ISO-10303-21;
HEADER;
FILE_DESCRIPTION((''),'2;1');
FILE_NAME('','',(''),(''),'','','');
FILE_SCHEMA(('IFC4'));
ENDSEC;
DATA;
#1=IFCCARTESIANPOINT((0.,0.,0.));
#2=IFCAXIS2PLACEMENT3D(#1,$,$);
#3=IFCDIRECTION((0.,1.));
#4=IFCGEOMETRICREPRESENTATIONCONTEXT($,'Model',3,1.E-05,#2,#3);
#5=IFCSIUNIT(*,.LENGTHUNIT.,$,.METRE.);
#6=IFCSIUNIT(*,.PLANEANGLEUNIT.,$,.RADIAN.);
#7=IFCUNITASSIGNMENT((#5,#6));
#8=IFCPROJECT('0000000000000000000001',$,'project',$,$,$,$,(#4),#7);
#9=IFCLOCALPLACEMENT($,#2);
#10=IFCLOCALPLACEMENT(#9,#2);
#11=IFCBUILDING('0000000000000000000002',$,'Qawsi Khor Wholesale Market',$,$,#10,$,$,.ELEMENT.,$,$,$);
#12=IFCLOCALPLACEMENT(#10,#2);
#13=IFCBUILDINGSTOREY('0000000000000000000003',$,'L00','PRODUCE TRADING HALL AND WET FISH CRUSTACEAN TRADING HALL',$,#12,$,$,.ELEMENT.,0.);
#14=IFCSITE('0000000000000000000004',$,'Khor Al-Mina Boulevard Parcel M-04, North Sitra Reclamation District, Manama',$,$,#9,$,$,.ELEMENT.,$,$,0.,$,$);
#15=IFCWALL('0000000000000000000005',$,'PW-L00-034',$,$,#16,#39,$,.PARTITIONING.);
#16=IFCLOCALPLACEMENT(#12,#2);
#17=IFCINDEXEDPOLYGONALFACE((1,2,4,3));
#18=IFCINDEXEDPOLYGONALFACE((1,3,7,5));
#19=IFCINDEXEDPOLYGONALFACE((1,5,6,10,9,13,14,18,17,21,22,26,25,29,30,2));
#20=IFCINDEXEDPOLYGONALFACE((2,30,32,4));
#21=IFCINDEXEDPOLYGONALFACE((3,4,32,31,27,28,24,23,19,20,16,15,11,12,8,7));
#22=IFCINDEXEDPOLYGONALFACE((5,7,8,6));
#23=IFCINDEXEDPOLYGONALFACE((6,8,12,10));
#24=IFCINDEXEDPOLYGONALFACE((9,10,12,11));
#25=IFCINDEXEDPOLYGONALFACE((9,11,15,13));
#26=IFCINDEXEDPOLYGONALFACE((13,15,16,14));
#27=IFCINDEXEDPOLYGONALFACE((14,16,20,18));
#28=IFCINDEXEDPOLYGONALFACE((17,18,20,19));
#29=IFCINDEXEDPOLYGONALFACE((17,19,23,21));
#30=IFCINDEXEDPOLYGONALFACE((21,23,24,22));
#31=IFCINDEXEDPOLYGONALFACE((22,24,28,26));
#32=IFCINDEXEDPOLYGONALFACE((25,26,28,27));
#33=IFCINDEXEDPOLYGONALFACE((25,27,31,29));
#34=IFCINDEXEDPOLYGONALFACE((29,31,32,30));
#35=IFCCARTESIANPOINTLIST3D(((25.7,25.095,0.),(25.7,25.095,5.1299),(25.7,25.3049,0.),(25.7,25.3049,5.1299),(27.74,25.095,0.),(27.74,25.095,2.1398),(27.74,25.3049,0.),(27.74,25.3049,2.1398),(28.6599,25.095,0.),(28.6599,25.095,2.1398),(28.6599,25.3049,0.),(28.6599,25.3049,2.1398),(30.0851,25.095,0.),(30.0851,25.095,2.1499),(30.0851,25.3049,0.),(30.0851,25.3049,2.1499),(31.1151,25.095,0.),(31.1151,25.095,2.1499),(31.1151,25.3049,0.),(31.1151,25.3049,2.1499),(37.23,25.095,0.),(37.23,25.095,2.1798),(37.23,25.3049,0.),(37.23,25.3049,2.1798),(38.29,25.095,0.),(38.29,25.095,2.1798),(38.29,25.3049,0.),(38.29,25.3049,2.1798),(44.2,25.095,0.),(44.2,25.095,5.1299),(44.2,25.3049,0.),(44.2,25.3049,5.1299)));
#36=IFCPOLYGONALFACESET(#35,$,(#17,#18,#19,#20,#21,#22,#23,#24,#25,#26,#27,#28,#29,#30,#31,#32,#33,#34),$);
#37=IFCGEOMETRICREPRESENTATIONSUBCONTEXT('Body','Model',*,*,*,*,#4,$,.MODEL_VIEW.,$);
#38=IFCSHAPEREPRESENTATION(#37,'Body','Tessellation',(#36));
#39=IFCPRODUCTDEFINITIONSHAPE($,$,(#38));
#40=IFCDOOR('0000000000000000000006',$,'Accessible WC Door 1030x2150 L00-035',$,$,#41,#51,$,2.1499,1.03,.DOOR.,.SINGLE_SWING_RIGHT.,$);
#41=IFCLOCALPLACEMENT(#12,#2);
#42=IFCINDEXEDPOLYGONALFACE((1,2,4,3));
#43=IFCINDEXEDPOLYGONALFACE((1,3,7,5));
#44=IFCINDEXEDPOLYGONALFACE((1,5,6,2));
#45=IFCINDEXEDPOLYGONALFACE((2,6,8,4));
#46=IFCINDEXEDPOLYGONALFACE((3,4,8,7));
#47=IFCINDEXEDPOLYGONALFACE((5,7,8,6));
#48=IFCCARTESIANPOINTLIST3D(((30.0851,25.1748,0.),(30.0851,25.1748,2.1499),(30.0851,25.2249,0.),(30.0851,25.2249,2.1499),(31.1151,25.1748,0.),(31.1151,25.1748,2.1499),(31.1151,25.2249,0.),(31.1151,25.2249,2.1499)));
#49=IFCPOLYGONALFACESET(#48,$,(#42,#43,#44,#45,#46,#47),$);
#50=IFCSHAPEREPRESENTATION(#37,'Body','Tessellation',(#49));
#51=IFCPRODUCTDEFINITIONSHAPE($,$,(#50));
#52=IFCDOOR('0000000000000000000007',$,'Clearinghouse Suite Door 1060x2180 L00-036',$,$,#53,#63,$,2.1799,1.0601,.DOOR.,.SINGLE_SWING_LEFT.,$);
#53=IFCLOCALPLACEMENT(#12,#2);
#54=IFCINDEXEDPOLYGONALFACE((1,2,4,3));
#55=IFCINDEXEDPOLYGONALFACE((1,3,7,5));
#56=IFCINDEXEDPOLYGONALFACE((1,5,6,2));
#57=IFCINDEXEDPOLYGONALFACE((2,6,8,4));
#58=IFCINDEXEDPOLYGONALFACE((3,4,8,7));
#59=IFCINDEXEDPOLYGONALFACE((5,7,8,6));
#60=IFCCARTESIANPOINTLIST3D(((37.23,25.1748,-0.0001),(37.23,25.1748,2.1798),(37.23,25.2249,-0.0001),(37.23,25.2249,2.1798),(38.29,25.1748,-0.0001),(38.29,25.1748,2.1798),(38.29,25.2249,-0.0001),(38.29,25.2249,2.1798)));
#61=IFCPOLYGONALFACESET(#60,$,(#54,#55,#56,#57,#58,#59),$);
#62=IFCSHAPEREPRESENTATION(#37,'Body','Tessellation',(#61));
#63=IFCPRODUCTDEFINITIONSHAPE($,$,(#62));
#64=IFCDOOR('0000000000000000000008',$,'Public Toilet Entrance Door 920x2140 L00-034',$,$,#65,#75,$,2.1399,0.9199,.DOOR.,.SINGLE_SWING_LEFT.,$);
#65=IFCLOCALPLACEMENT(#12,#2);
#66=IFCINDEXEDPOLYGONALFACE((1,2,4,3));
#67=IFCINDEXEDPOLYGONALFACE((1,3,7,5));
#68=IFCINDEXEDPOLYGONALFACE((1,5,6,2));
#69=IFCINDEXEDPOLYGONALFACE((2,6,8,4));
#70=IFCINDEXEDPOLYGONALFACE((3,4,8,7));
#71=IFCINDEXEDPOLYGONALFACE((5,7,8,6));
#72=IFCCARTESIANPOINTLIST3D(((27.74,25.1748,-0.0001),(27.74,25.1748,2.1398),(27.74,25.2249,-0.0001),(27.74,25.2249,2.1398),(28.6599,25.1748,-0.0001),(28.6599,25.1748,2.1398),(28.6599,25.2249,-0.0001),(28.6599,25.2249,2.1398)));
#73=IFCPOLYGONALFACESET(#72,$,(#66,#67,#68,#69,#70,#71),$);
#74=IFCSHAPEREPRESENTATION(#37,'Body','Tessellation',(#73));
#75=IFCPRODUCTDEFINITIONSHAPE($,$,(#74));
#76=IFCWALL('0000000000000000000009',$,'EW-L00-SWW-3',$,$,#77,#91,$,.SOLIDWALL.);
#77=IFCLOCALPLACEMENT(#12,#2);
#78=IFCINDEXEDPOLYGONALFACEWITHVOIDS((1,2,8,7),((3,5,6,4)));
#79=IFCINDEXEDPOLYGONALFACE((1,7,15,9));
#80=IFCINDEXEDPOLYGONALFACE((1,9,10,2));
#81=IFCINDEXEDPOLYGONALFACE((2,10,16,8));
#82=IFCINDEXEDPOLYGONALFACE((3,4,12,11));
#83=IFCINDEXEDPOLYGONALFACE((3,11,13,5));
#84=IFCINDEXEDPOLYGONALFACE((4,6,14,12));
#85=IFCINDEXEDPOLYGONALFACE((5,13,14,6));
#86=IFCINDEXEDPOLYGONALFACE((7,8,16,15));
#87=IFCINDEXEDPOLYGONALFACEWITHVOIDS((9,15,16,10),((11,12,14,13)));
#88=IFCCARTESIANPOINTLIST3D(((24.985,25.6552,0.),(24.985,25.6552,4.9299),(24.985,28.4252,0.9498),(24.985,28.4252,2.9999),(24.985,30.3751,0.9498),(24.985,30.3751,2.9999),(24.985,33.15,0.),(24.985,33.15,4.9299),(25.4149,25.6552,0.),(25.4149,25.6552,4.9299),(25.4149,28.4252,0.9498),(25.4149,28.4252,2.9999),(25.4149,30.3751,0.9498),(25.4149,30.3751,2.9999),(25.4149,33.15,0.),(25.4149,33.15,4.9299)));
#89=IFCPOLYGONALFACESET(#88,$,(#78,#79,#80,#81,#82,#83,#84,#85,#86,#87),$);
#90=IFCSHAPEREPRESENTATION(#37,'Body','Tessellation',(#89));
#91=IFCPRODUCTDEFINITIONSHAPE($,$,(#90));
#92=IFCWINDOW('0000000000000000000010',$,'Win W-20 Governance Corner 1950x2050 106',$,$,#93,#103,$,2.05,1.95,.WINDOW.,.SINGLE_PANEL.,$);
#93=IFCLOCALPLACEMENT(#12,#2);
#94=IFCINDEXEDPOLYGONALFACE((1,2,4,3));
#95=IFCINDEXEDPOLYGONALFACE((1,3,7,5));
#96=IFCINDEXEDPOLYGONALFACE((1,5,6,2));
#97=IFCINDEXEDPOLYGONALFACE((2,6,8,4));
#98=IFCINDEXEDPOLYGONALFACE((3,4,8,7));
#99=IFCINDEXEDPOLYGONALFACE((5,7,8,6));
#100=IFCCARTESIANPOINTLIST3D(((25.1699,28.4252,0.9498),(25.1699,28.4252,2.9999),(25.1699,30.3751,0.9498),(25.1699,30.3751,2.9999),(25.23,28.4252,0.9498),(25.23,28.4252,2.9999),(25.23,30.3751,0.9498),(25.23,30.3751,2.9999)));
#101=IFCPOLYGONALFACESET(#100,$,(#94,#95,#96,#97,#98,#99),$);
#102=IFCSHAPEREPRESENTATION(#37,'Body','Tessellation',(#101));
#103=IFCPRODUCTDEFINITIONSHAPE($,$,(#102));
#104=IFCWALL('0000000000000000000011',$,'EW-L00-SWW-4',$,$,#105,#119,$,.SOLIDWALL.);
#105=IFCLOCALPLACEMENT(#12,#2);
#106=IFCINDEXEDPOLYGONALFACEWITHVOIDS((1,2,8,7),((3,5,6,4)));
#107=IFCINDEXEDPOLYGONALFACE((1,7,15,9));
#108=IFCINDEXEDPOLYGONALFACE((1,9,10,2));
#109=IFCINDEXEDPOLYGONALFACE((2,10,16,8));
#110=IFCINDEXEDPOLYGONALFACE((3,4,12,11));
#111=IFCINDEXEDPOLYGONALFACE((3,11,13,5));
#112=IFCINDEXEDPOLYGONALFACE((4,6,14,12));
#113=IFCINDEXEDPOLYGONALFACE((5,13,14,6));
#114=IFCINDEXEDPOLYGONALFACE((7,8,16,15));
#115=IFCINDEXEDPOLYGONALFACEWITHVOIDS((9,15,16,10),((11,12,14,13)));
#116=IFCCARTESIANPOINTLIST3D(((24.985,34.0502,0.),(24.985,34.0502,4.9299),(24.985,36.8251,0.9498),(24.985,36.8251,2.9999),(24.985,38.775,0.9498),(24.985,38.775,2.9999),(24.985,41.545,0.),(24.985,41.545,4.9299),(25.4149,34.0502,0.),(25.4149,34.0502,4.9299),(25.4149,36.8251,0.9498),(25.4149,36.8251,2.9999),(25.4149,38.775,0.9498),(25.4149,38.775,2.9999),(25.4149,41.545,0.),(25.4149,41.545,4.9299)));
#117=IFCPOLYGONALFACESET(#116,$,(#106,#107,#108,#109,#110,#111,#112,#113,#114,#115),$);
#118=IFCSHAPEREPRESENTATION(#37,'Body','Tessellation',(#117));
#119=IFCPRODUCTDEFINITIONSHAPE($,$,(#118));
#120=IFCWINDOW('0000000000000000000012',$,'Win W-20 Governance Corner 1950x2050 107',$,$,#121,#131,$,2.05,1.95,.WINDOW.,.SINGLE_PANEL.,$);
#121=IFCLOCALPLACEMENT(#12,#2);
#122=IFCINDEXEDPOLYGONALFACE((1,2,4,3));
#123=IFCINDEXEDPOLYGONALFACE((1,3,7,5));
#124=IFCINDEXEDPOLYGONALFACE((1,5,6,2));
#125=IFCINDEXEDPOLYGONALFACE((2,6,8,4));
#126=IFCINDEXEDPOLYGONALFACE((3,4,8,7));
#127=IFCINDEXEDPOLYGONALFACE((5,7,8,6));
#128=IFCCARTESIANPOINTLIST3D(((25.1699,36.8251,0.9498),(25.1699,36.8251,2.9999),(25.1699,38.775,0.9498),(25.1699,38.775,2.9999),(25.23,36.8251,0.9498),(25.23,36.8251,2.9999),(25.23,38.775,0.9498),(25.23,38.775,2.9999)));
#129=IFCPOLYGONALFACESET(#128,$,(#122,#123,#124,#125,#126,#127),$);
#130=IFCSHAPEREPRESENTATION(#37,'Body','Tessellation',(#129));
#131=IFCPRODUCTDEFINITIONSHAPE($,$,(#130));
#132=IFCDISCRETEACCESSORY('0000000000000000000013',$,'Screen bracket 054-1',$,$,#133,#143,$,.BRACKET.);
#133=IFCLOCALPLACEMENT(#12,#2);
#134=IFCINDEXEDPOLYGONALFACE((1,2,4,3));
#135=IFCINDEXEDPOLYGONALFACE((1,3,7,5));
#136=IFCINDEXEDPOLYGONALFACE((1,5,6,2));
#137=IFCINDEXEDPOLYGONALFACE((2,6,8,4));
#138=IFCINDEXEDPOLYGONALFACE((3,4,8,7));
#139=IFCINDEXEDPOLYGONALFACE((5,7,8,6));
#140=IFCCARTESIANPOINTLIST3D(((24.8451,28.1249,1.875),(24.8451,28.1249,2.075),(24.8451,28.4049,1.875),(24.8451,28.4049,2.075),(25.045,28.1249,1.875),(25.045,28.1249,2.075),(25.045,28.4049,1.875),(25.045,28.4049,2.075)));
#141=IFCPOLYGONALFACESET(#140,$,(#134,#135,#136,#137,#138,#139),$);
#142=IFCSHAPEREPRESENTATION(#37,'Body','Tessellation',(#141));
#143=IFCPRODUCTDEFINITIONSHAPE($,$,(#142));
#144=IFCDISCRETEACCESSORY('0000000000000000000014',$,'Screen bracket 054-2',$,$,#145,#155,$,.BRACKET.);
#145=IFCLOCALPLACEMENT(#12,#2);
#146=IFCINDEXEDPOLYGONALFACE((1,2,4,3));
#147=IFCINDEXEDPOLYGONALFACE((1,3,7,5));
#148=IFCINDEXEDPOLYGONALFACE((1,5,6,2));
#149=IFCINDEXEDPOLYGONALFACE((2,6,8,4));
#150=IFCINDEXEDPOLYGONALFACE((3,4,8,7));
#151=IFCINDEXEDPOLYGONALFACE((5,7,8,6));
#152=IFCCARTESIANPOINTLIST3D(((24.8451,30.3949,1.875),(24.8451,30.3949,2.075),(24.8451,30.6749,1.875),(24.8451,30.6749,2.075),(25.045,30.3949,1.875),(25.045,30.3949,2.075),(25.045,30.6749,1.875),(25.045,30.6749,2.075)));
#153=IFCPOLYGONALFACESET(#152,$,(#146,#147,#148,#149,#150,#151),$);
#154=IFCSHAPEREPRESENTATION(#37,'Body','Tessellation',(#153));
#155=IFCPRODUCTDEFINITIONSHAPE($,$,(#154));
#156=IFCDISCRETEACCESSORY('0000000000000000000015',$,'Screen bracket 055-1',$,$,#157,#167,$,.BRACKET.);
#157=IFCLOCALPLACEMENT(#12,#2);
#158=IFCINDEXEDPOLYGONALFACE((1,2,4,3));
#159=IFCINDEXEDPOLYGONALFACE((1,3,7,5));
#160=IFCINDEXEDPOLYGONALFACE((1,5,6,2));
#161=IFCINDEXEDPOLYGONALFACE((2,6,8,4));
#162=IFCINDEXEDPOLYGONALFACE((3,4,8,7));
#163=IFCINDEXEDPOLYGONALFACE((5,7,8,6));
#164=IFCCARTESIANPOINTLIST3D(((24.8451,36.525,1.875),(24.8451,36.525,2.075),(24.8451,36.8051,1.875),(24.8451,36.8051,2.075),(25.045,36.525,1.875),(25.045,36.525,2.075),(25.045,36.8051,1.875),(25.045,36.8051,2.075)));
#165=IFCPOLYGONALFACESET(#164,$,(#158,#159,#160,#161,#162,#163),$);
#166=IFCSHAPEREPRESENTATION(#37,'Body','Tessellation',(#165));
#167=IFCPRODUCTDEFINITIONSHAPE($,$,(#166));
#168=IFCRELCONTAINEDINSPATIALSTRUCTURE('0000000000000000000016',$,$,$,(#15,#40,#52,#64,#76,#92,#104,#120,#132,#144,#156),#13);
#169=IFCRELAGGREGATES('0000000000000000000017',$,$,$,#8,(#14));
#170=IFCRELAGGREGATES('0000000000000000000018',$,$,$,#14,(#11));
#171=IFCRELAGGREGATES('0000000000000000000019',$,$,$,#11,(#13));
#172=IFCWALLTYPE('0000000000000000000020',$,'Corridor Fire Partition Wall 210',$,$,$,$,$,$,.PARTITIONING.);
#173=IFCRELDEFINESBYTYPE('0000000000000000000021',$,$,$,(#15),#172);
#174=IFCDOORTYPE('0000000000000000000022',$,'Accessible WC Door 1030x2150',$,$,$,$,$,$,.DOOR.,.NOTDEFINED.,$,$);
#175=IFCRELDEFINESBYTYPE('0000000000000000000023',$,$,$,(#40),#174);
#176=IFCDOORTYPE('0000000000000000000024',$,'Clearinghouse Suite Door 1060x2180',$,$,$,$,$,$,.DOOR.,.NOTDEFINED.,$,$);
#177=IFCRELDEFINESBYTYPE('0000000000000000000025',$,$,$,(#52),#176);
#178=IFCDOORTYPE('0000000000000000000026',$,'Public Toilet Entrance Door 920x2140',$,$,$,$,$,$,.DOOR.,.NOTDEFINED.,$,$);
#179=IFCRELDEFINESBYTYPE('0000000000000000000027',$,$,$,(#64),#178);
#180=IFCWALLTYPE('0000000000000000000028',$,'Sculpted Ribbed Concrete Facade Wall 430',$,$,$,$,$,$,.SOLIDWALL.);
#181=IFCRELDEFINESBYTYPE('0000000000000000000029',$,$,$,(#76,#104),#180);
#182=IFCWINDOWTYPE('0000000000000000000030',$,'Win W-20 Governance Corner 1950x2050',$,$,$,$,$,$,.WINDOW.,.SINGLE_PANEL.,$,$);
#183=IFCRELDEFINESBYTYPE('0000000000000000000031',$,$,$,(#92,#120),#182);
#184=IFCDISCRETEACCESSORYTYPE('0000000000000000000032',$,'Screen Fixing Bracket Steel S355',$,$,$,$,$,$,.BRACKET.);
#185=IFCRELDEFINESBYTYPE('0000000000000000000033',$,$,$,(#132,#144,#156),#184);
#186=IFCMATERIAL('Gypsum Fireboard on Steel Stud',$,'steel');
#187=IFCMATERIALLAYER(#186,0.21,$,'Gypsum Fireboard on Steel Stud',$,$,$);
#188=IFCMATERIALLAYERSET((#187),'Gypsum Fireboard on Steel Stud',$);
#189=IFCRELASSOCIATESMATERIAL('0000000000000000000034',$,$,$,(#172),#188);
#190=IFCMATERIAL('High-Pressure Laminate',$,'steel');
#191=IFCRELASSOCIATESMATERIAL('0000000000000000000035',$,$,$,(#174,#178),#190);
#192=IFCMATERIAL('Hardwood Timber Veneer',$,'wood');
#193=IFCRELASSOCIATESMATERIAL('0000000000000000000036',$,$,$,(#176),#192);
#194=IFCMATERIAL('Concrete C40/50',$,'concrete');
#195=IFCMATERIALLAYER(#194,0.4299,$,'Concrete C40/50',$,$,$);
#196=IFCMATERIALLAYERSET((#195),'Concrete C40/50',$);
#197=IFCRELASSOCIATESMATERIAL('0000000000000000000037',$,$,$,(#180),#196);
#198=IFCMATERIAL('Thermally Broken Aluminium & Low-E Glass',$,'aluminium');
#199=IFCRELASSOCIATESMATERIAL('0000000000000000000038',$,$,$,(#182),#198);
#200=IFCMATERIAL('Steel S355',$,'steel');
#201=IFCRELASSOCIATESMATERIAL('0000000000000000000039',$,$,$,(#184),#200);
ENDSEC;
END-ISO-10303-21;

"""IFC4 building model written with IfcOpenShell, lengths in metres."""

from ifc_helpers import new_model, si_unit, direction, frame, frame_2d, origin, origin_2d, place, context, subcontext, project, spatial, rectangle, extrude, material, layer, layer_set, type_object, element, fill, save


model = new_model("IFC4")

# Units and contexts
model_context = context("Model", 3, precision=1e-05, world=origin(), true_north=direction((0.0, 1.0)))
body_context = subcontext(model_context, "Body", "Model", "MODEL_VIEW")
ifc_project = project(units=[si_unit("LENGTHUNIT", "METRE"), si_unit("PLANEANGLEUNIT", "RADIAN")], contexts=[model_context])

# Site, building, storey
site_placement = place(None, origin())
site = spatial("IfcSite", under=ifc_project, at=site_placement, Name="Khor Al-Mina Boulevard Parcel M-04, North Sitra Reclamation District, Manama", CompositionType="ELEMENT", RefElevation=0.0)
building_placement = place(site_placement, origin())
building = spatial("IfcBuilding", under=site, at=building_placement, Name="Qawsi Khor Wholesale Market", CompositionType="ELEMENT")
storey_placement = place(building_placement, origin())
storey = spatial("IfcBuildingStorey", under=building, at=storey_placement, Name="L00", Description="PRODUCE TRADING HALL AND WET FISH CRUSTACEAN TRADING HALL", CompositionType="ELEMENT", Elevation=0.0)

# Shared definitions
ifc_material_1 = material(Name="Concrete C40/50", Category="concrete")

# Wall, openings, doors
ifc_material_2 = material(Name="Gypsum Fireboard on Steel Stud", Category="steel")
ifc_layer_1 = layer(ifc_material_2, 0.21, Name="Gypsum Fireboard on Steel Stud")
ifc_layer_set_1 = layer_set([ifc_layer_1], Name="Gypsum Fireboard on Steel Stud")
wall_type_1 = type_object("IfcWallType", Name="Corridor Fire Partition Wall 210", PredefinedType="PARTITIONING", material=ifc_layer_set_1)
wall_1_placement = place(storey_placement, frame((25.7, 25.2, 0.0), z_axis=(0.0, 0.0, 1.0), x_axis=(1.0, 0.0, 0.0)))
wall_1 = element("IfcWall", 1, at=wall_1_placement, inside=storey, type_object=wall_type_1, Name="PW-L00-034", PredefinedType="PARTITIONING", context=body_context, shape_type="SweptSolid", body=[
    extrude(rectangle(XDim=18.5, YDim=0.21, at=frame_2d((9.25, 0.0))), origin(), (0.0, 0.0, 1.0), 5.1299),
])
opening_1_placement = place(wall_1_placement, frame((2.04, 0.0, 0.0)))
opening_1 = element("IfcOpeningElement", 2, at=opening_1_placement, cuts=wall_1, PredefinedType="OPENING", context=body_context, shape_type="SweptSolid", body=[
    extrude(rectangle(XDim=0.9199, YDim=2.1399, at=frame_2d((0.46, 1.0698))), frame((0.0, 0.115, 0.0), z_axis=(0.0, -1.0, 0.0), x_axis=(1.0, 0.0, 0.0)), (0.0, 0.0, 1.0), 0.23),
])
opening_2_placement = place(wall_1_placement, frame((4.385, 0.0, 0.0)))
opening_2 = element("IfcOpeningElement", 3, at=opening_2_placement, cuts=wall_1, PredefinedType="OPENING", context=body_context, shape_type="SweptSolid", body=[
    extrude(rectangle(XDim=1.03, YDim=2.1499, at=frame_2d((0.5151, 1.075))), frame((0.0, 0.115, 0.0), z_axis=(0.0, -1.0, 0.0), x_axis=(1.0, 0.0, 0.0)), (0.0, 0.0, 1.0), 0.23),
])
opening_3_placement = place(wall_1_placement, frame((11.53, 0.0, 0.0)))
opening_3 = element("IfcOpeningElement", 4, at=opening_3_placement, cuts=wall_1, PredefinedType="OPENING", context=body_context, shape_type="SweptSolid", body=[
    extrude(rectangle(XDim=1.0601, YDim=2.1799, at=frame_2d((0.53, 1.0898))), frame((0.0, 0.115, 0.0), z_axis=(0.0, -1.0, 0.0), x_axis=(1.0, 0.0, 0.0)), (0.0, 0.0, 1.0), 0.23),
])
ifc_material_3 = material(Name="High-Pressure Laminate", Category="steel")
door_type_1 = type_object("IfcDoorType", Name="Accessible WC Door 1030x2150", OperationType="NOTDEFINED", PredefinedType="DOOR", material=ifc_material_3)
door_1_placement = place(opening_2_placement, origin())
door_1 = element("IfcDoor", 5, at=door_1_placement, inside=storey, type_object=door_type_1, Name="Accessible WC Door 1030x2150 L00-035", OperationType="SINGLE_SWING_RIGHT", OverallHeight=2.1499, OverallWidth=1.03, PredefinedType="DOOR", context=body_context, shape_type="SweptSolid", body=[
    extrude(rectangle(XDim=1.03, YDim=2.1499, at=frame_2d((0.5151, 1.075))), frame((0.0, 0.0249, 0.0), z_axis=(0.0, -1.0, 0.0), x_axis=(1.0, 0.0, 0.0)), (0.0, 0.0, 1.0), 0.05),
])
fill(opening_2, door_1)
ifc_material_4 = material(Name="Hardwood Timber Veneer", Category="wood")
door_type_2 = type_object("IfcDoorType", Name="Clearinghouse Suite Door 1060x2180", OperationType="NOTDEFINED", PredefinedType="DOOR", material=ifc_material_4)
door_2_placement = place(opening_3_placement, origin())
door_2 = element("IfcDoor", 6, at=door_2_placement, inside=storey, type_object=door_type_2, Name="Clearinghouse Suite Door 1060x2180 L00-036", OperationType="SINGLE_SWING_LEFT", OverallHeight=2.1799, OverallWidth=1.0601, PredefinedType="DOOR", context=body_context, shape_type="SweptSolid", body=[
    extrude(rectangle(XDim=1.0601, YDim=2.1799, at=frame_2d((0.53, 1.0898))), frame((0.0, 0.0249, 0.0), z_axis=(0.0, -1.0, 0.0), x_axis=(1.0, 0.0, 0.0)), (0.0, 0.0, 1.0), 0.05),
])
fill(opening_3, door_2)
door_type_3 = type_object("IfcDoorType", Name="Public Toilet Entrance Door 920x2140", OperationType="NOTDEFINED", PredefinedType="DOOR", material=ifc_material_3)
door_3_placement = place(opening_1_placement, origin())
door_3 = element("IfcDoor", 7, at=door_3_placement, inside=storey, type_object=door_type_3, Name="Public Toilet Entrance Door 920x2140 L00-034", OperationType="SINGLE_SWING_LEFT", OverallHeight=2.1399, OverallWidth=0.9199, PredefinedType="DOOR", context=body_context, shape_type="SweptSolid", body=[
    extrude(rectangle(XDim=0.9199, YDim=2.1399, at=frame_2d((0.46, 1.0698))), frame((0.0, 0.0249, 0.0), z_axis=(0.0, -1.0, 0.0), x_axis=(1.0, 0.0, 0.0)), (0.0, 0.0, 1.0), 0.05),
])
fill(opening_1, door_3)

# Walls, openings, windows
ifc_layer_2 = layer(ifc_material_1, 0.4299, Name="Concrete C40/50")
ifc_layer_set_2 = layer_set([ifc_layer_2], Name="Concrete C40/50")
wall_type_2 = type_object("IfcWallType", Name="Sculpted Ribbed Concrete Facade Wall 430", PredefinedType="SOLIDWALL", material=ifc_layer_set_2)
wall_2_placement = place(storey_placement, frame((25.2, 25.655, 0.0), z_axis=(0.0, 0.0, 1.0), x_axis=(0.0, 1.0, 0.0)))
wall_2 = element("IfcWall", 8, at=wall_2_placement, inside=storey, type_object=wall_type_2, Name="EW-L00-SWW-3", PredefinedType="SOLIDWALL", context=body_context, shape_type="SweptSolid", body=[
    extrude(rectangle(XDim=7.4949, YDim=0.4299, at=frame_2d((3.7476, 0.0))), origin(), (0.0, 0.0, 1.0), 4.9299),
])
opening_4_placement = place(wall_2_placement, frame((2.77, 0.0, 0.95)))
opening_4 = element("IfcOpeningElement", 9, at=opening_4_placement, cuts=wall_2, PredefinedType="OPENING", context=body_context, shape_type="SweptSolid", body=[
    extrude(rectangle(XDim=1.95, YDim=2.05, at=frame_2d((0.9751, 1.0249))), frame((0.0, 0.2249, 0.0), z_axis=(0.0, -1.0, 0.0), x_axis=(1.0, 0.0, 0.0)), (0.0, 0.0, 1.0), 0.45),
])
ifc_material_5 = material(Name="Thermally Broken Aluminium & Low-E Glass", Category="aluminium")
window_type = type_object("IfcWindowType", Name="Win W-20 Governance Corner 1950x2050", PartitioningType="SINGLE_PANEL", PredefinedType="WINDOW", material=ifc_material_5)
window_1_placement = place(opening_4_placement, origin())
window_1 = element("IfcWindow", 10, at=window_1_placement, inside=storey, type_object=window_type, Name="Win W-20 Governance Corner 1950x2050 106", OverallHeight=2.05, OverallWidth=1.95, PartitioningType="SINGLE_PANEL", PredefinedType="WINDOW", context=body_context, shape_type="SweptSolid", body=[
    extrude(rectangle(XDim=1.95, YDim=2.05, at=frame_2d((0.9751, 1.0249))), frame((0.0, 0.03, 0.0), z_axis=(0.0, -1.0, 0.0), x_axis=(1.0, 0.0, 0.0)), (0.0, 0.0, 1.0), 0.0601),
])
fill(opening_4, window_1)
wall_3_placement = place(storey_placement, frame((25.2, 34.05, 0.0), z_axis=(0.0, 0.0, 1.0), x_axis=(0.0, 1.0, 0.0)))
wall_3 = element("IfcWall", 11, at=wall_3_placement, inside=storey, type_object=wall_type_2, Name="EW-L00-SWW-4", PredefinedType="SOLIDWALL", context=body_context, shape_type="SweptSolid", body=[
    extrude(rectangle(XDim=7.4949, YDim=0.4299, at=frame_2d((3.7476, 0.0))), origin(), (0.0, 0.0, 1.0), 4.9299),
])
opening_5_placement = place(wall_3_placement, frame((2.7749, 0.0, 0.95)))
opening_5 = element("IfcOpeningElement", 12, at=opening_5_placement, cuts=wall_3, PredefinedType="OPENING", context=body_context, shape_type="SweptSolid", body=[
    extrude(rectangle(XDim=1.95, YDim=2.05, at=frame_2d((0.9751, 1.0249))), frame((0.0, 0.2249, 0.0), z_axis=(0.0, -1.0, 0.0), x_axis=(1.0, 0.0, 0.0)), (0.0, 0.0, 1.0), 0.45),
])
window_2_placement = place(opening_5_placement, origin())
window_2 = element("IfcWindow", 13, at=window_2_placement, inside=storey, type_object=window_type, Name="Win W-20 Governance Corner 1950x2050 107", OverallHeight=2.05, OverallWidth=1.95, PartitioningType="SINGLE_PANEL", PredefinedType="WINDOW", context=body_context, shape_type="SweptSolid", body=[
    extrude(rectangle(XDim=1.95, YDim=2.05, at=frame_2d((0.9751, 1.0249))), frame((0.0, 0.03, 0.0), z_axis=(0.0, -1.0, 0.0), x_axis=(1.0, 0.0, 0.0)), (0.0, 0.0, 1.0), 0.0601),
])
fill(opening_5, window_2)

# Discrete accessories
ifc_material_6 = material(Name="Steel S355", Category="steel")
discrete_accessory_type = type_object("IfcDiscreteAccessoryType", Name="Screen Fixing Bracket Steel S355", PredefinedType="BRACKET", material=ifc_material_6)
for number, where, z_axis, x_axis, name in (
    (14, (24.9451, 28.2649, 1.875), (0.0, 0.0, 1.0), (1.0, 0.0, 0.0), "Screen bracket 054-1"),
    (15, (24.9451, 30.5349, 1.875), (0.0, 0.0, 1.0), (1.0, 0.0, 0.0), "Screen bracket 054-2"),
    (16, (24.9451, 36.665, 1.875), (0.0, 0.0, 1.0), (1.0, 0.0, 0.0), "Screen bracket 055-1"),
):
    element("IfcDiscreteAccessory", number, at=place(storey_placement, frame(where, z_axis=z_axis, x_axis=x_axis)), inside=storey, type_object=discrete_accessory_type, Name=name, PredefinedType="BRACKET", context=body_context, shape_type="SweptSolid", body=[
        extrude(rectangle(XDim=0.2, YDim=0.28, at=origin_2d()), origin(), (0.0, 0.0, 1.0), 0.2),
    ])

save(model, "model.ifc")
